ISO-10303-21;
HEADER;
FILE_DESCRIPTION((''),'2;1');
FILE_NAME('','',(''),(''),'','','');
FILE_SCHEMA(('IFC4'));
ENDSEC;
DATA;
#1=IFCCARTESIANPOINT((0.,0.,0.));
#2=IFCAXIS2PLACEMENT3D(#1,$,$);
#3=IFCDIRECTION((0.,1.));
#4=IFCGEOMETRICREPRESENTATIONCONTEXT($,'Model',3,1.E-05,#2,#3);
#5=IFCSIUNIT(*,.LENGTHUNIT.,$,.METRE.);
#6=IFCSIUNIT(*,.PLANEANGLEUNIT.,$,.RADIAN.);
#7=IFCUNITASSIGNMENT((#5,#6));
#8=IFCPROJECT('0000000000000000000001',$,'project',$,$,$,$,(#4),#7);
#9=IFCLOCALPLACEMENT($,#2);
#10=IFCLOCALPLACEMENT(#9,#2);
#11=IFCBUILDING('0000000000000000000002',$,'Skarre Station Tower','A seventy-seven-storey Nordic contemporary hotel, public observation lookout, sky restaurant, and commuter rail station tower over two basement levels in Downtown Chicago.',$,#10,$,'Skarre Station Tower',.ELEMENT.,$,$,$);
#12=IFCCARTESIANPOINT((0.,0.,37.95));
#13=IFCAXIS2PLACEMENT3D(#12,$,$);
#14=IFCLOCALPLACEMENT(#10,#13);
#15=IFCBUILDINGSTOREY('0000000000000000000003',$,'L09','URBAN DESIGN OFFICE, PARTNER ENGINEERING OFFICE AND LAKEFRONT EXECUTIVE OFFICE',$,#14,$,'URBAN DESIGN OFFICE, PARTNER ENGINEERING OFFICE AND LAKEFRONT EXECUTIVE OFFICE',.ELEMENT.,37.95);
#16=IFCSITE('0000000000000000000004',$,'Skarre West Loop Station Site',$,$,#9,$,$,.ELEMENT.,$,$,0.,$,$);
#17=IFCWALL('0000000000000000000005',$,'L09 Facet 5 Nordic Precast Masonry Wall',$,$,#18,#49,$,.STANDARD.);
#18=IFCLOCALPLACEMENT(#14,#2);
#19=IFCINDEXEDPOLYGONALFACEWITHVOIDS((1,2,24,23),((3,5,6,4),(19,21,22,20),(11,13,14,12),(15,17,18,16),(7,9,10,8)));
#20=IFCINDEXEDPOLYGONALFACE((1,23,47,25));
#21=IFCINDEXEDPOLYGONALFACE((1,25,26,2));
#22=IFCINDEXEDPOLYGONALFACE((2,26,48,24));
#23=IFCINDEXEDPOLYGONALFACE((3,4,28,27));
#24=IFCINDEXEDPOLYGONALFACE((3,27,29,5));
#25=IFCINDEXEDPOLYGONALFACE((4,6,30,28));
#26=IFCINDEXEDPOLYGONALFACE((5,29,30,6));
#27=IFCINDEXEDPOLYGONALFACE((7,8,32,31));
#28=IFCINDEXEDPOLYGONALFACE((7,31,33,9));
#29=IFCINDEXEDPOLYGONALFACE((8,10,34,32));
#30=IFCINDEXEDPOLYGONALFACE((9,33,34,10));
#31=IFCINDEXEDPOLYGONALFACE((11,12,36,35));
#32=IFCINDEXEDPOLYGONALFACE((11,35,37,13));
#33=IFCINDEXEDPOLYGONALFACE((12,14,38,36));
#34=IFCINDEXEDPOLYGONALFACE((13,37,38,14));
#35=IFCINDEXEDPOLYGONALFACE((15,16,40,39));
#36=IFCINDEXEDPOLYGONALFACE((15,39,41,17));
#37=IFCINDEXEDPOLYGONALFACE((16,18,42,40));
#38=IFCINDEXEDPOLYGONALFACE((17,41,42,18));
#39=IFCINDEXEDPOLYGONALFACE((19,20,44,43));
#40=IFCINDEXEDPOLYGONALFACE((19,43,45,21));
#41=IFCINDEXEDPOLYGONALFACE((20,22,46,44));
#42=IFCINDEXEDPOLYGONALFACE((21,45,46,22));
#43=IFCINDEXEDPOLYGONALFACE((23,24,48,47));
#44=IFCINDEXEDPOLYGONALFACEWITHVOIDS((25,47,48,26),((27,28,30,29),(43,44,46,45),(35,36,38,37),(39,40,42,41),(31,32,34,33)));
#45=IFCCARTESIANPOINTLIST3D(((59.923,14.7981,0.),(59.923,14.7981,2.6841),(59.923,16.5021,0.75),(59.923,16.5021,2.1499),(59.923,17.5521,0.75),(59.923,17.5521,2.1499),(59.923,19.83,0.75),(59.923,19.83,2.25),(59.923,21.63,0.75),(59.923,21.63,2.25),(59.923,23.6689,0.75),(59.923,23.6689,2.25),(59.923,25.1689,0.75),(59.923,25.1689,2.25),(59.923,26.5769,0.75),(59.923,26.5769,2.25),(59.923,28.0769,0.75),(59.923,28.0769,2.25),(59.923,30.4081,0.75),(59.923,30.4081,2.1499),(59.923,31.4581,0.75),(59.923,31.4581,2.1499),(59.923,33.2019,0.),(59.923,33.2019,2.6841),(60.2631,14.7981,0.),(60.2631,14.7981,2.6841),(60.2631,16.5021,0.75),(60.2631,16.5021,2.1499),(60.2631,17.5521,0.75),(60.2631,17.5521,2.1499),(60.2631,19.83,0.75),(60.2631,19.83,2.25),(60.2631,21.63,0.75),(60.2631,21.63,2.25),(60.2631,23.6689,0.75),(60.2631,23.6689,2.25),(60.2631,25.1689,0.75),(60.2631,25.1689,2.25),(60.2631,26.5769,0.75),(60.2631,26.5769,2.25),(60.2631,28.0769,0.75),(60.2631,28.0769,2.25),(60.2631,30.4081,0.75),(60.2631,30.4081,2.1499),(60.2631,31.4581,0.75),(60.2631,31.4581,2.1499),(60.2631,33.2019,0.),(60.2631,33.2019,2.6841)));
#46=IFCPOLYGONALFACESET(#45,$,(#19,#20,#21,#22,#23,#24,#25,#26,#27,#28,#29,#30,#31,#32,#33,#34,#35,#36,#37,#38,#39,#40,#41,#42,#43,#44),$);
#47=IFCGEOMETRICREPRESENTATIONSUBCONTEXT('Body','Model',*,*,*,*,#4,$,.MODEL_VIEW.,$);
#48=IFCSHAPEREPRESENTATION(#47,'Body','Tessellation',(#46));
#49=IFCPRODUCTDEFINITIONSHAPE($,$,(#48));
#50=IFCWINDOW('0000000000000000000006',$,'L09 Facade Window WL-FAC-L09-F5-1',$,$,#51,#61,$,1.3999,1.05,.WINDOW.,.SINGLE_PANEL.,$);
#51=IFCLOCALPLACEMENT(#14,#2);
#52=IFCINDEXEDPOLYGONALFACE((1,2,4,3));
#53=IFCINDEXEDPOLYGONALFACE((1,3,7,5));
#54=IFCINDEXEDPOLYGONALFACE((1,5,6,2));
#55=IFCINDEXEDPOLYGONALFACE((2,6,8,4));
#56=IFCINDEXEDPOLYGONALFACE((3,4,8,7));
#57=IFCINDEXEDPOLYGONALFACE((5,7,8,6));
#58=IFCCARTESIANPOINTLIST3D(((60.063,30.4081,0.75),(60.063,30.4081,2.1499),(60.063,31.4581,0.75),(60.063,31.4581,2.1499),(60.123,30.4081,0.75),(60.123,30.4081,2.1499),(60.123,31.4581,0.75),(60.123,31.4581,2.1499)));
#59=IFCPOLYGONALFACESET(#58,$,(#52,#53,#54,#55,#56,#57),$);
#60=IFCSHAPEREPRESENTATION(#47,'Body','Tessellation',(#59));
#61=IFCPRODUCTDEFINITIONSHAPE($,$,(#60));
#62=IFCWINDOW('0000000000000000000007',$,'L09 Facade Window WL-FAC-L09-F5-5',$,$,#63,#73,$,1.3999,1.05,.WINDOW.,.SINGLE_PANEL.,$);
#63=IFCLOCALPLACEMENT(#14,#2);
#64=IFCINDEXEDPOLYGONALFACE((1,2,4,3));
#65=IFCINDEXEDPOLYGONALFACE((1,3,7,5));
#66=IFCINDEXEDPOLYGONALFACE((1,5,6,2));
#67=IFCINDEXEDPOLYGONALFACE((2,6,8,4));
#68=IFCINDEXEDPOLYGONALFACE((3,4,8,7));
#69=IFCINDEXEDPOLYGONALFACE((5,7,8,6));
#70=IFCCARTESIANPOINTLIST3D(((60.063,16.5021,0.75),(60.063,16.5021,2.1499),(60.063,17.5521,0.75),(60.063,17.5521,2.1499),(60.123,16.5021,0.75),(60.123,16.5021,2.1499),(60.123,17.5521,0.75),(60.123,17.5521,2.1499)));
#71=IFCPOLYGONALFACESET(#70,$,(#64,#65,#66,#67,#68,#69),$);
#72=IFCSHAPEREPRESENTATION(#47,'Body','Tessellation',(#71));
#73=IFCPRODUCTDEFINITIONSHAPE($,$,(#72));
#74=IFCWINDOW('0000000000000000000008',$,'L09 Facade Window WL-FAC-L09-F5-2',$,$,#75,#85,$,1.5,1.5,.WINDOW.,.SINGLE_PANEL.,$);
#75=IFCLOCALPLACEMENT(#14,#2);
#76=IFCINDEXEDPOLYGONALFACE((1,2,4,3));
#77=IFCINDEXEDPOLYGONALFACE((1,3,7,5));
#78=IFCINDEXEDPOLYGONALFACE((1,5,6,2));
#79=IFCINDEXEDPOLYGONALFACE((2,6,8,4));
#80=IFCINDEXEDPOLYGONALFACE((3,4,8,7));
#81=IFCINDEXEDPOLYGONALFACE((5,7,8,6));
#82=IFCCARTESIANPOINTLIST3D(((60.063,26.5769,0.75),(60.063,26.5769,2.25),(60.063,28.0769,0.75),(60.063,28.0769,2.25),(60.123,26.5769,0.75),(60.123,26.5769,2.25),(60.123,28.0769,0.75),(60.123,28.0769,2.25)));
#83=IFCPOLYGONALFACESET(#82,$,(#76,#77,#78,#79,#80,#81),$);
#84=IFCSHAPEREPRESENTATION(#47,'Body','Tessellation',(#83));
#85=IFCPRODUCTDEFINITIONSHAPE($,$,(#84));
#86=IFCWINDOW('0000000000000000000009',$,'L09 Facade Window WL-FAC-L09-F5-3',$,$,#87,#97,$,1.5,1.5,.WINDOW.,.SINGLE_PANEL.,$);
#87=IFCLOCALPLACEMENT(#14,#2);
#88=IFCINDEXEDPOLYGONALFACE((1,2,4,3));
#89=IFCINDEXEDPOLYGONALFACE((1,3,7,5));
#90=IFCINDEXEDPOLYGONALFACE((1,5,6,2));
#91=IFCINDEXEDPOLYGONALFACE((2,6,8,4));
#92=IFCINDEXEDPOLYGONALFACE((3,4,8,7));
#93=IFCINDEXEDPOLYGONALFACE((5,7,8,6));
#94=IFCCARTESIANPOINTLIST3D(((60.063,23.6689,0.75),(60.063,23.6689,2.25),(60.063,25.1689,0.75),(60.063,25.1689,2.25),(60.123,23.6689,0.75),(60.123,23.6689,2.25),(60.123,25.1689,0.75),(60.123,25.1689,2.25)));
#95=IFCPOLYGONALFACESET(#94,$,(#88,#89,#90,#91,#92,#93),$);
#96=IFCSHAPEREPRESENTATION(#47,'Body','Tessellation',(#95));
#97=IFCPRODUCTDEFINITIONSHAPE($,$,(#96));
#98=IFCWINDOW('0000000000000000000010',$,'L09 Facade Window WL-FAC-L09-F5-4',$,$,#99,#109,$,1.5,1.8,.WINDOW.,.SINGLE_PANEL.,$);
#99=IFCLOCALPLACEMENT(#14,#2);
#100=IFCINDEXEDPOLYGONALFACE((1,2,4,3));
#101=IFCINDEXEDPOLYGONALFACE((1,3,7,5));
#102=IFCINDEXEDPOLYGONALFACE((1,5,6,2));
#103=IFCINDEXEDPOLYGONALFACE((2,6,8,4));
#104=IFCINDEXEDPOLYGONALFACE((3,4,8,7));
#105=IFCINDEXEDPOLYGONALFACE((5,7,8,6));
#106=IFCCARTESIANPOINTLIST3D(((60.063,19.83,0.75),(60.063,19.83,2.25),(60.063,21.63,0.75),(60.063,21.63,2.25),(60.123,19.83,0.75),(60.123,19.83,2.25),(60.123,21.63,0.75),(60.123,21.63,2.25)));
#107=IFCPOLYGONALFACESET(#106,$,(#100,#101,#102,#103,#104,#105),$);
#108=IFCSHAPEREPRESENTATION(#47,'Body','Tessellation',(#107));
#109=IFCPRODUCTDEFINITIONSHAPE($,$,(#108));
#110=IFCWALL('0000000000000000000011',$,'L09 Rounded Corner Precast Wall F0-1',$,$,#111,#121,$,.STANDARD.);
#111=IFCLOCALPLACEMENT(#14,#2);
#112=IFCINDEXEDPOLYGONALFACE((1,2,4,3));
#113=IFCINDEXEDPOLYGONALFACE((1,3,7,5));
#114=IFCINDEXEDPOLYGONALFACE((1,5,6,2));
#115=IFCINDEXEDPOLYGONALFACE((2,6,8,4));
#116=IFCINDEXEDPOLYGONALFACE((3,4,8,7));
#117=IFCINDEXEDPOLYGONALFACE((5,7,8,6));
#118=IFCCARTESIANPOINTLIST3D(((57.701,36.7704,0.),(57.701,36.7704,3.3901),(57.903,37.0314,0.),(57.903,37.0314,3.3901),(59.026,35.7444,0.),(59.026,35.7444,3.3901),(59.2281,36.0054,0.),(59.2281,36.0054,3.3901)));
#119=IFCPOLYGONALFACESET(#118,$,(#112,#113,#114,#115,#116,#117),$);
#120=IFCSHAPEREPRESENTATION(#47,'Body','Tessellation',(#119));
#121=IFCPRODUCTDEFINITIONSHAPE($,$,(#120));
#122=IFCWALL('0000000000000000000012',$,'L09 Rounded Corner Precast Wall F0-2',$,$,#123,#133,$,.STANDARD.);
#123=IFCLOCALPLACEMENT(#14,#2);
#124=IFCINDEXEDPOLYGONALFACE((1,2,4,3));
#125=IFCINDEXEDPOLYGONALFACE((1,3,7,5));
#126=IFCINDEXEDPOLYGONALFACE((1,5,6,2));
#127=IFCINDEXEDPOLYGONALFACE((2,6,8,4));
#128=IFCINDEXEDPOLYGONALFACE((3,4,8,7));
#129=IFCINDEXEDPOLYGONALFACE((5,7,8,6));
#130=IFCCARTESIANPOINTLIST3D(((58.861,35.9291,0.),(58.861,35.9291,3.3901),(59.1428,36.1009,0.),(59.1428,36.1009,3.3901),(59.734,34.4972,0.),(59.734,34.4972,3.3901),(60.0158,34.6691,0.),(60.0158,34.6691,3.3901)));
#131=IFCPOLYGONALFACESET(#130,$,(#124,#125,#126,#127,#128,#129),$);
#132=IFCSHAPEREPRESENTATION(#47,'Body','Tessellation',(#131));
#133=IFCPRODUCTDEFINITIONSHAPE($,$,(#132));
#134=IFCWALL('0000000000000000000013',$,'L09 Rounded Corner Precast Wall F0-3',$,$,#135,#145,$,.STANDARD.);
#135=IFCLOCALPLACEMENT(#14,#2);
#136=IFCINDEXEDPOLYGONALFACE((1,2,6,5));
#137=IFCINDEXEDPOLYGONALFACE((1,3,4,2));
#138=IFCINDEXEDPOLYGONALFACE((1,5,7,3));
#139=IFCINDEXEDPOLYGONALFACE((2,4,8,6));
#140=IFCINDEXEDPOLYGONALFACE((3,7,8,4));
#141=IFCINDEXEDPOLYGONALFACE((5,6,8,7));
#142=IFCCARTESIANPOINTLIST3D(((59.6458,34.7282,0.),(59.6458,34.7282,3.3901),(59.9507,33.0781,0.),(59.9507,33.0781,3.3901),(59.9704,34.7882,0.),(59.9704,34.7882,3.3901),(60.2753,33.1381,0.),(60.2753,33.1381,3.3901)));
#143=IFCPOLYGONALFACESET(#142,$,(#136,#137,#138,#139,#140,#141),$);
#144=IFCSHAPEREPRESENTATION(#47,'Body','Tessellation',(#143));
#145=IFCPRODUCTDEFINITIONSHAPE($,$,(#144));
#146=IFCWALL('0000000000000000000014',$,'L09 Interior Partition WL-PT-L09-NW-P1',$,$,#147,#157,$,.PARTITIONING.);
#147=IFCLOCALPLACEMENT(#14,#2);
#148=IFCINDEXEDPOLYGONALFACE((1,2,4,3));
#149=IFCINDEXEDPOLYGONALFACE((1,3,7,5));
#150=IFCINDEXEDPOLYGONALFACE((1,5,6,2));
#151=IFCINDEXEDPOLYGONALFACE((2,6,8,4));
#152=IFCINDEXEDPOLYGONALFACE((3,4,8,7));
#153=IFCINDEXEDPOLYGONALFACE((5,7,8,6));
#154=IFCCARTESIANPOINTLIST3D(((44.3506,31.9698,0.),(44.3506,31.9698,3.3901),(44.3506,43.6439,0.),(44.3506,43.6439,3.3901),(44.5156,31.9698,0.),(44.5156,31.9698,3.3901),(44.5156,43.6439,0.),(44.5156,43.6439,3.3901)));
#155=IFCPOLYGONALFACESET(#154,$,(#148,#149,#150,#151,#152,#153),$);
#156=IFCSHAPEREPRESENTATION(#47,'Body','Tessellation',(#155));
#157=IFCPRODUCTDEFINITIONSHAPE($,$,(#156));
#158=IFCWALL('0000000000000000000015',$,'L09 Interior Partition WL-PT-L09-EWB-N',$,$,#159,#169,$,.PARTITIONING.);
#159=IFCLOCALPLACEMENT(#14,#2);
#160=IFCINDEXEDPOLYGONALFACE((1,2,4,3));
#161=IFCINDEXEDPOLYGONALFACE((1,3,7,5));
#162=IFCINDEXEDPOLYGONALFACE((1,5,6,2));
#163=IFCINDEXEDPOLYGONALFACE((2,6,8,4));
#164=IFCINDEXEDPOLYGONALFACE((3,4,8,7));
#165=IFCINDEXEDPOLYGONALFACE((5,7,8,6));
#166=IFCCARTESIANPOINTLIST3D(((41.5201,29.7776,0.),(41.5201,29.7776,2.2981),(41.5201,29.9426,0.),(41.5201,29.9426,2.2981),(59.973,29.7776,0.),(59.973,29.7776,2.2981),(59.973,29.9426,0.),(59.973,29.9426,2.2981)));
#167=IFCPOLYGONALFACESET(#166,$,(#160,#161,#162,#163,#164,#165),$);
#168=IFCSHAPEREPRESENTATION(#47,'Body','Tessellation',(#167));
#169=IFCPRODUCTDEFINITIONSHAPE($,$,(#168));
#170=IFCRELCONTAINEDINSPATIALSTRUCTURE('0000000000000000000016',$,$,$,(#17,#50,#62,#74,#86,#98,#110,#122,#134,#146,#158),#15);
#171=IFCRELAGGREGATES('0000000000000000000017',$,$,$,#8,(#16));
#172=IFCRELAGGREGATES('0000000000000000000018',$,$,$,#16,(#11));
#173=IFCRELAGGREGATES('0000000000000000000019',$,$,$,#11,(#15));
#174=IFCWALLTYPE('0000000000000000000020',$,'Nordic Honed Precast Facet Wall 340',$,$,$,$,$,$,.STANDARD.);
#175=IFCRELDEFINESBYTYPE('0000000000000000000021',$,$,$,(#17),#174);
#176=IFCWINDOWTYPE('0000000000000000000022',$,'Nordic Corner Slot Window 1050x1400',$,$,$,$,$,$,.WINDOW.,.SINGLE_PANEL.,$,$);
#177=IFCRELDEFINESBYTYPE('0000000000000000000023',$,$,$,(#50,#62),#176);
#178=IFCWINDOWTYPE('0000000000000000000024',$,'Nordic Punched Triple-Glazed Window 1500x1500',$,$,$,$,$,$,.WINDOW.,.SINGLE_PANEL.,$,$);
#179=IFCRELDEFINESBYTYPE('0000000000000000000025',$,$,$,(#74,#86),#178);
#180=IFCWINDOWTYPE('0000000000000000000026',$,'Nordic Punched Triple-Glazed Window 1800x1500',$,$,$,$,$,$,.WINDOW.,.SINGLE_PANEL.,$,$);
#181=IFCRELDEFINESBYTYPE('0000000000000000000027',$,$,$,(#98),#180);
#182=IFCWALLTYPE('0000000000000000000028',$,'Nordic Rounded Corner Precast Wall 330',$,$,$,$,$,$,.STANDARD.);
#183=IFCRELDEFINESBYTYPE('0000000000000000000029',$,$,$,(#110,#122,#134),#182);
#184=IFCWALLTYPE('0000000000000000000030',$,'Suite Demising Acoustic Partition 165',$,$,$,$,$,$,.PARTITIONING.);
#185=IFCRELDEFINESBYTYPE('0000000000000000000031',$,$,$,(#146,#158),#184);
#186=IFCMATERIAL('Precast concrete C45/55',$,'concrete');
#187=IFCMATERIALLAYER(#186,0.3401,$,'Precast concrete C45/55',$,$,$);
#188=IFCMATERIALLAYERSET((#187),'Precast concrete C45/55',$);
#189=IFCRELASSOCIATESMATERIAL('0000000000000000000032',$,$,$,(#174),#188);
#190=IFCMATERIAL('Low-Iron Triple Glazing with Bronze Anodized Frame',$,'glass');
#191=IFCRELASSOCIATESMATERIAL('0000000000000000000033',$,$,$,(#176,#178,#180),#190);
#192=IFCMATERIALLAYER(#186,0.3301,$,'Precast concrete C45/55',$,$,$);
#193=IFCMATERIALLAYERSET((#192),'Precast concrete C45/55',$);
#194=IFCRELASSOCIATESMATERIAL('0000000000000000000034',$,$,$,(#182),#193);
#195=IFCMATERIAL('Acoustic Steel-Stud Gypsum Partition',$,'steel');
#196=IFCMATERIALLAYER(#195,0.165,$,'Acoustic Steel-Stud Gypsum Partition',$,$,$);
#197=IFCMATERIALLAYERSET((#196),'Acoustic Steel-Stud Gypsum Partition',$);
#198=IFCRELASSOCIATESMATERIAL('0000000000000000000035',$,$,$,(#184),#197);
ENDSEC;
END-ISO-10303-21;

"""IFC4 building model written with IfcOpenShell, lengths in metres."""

from ifc_helpers import new_model, si_unit, direction, frame, frame_2d, origin, place, context, subcontext, project, spatial, rectangle, extrude, material, layer, layer_set, type_object, element, fill, save


model = new_model("IFC4")

# Units and contexts
model_context = context("Model", 3, precision=1e-05, world=origin(), true_north=direction((0.0, 1.0)))
body_context = subcontext(model_context, "Body", "Model", "MODEL_VIEW")
ifc_project = project(units=[si_unit("LENGTHUNIT", "METRE"), si_unit("PLANEANGLEUNIT", "RADIAN")], contexts=[model_context])

# Site, building, storey
site_placement = place(None, origin())
site = spatial("IfcSite", under=ifc_project, at=site_placement, Name="Skarre West Loop Station Site", CompositionType="ELEMENT", RefElevation=0.0)
building_placement = place(site_placement, origin())
building = spatial("IfcBuilding", under=site, at=building_placement, Name="Skarre Station Tower", Description="A seventy-seven-storey Nordic contemporary hotel, public observation lookout, sky restaurant, and commuter rail station tower over two basement levels in Downtown Chicago.", LongName="Skarre Station Tower", CompositionType="ELEMENT")
storey_placement = place(building_placement, frame((0.0, 0.0, 37.95)))
storey = spatial("IfcBuildingStorey", under=building, at=storey_placement, Name="L09", Description="URBAN DESIGN OFFICE, PARTNER ENGINEERING OFFICE AND LAKEFRONT EXECUTIVE OFFICE", LongName="URBAN DESIGN OFFICE, PARTNER ENGINEERING OFFICE AND LAKEFRONT EXECUTIVE OFFICE", CompositionType="ELEMENT", Elevation=37.95)

# Shared definitions
ifc_material_1 = material(Name="Acoustic Steel-Stud Gypsum Partition", Category="steel")

# Wall, openings, windows
ifc_material_2 = material(Name="Precast concrete C45/55", Category="concrete")
ifc_layer_1 = layer(ifc_material_2, 0.3401, Name="Precast concrete C45/55")
ifc_layer_set_1 = layer_set([ifc_layer_1], Name="Precast concrete C45/55")
wall_type_1 = type_object("IfcWallType", Name="Nordic Honed Precast Facet Wall 340", PredefinedType="STANDARD", material=ifc_layer_set_1)
wall_1_placement = place(storey_placement, frame((60.093, 33.2019, 0.0), z_axis=(0.0, 0.0, 1.0), x_axis=(0.0, -1.0, 0.0)))
wall_1 = element("IfcWall", 1, at=wall_1_placement, inside=storey, type_object=wall_type_1, Name="L09 Facet 5 Nordic Precast Masonry Wall", PredefinedType="STANDARD", context=body_context, shape_type="SweptSolid", body=[
    extrude(rectangle(XDim=18.4038, YDim=0.3401, at=frame_2d((9.2019, 0.0))), origin(), (0.0, 0.0, 1.0), 2.6841),
])
opening_1_placement = place(wall_1_placement, frame((1.7439, 0.0, 0.75)))
opening_1 = element("IfcOpeningElement", 2, at=opening_1_placement, cuts=wall_1, PredefinedType="OPENING", context=body_context, shape_type="SweptSolid", body=[
    extrude(rectangle(XDim=1.05, YDim=1.3999, at=frame_2d((0.5249, 0.7))), frame((0.0, 0.1799, 0.0), z_axis=(0.0, -1.0, 0.0), x_axis=(1.0, 0.0, 0.0)), (0.0, 0.0, 1.0), 0.3601),
])
opening_2_placement = place(wall_1_placement, frame((5.125, 0.0, 0.75)))
opening_2 = element("IfcOpeningElement", 3, at=opening_2_placement, cuts=wall_1, PredefinedType="OPENING", context=body_context, shape_type="SweptSolid", body=[
    extrude(rectangle(XDim=1.5, YDim=1.5, at=frame_2d((0.75, 0.75))), frame((0.0, 0.1799, 0.0), z_axis=(0.0, -1.0, 0.0), x_axis=(1.0, 0.0, 0.0)), (0.0, 0.0, 1.0), 0.3601),
])
opening_3_placement = place(wall_1_placement, frame((8.033, 0.0, 0.75)))
opening_3 = element("IfcOpeningElement", 4, at=opening_3_placement, cuts=wall_1, PredefinedType="OPENING", context=body_context, shape_type="SweptSolid", body=[
    extrude(rectangle(XDim=1.5, YDim=1.5, at=frame_2d((0.75, 0.75))), frame((0.0, 0.1799, 0.0), z_axis=(0.0, -1.0, 0.0), x_axis=(1.0, 0.0, 0.0)), (0.0, 0.0, 1.0), 0.3601),
])
opening_4_placement = place(wall_1_placement, frame((11.572, 0.0, 0.75)))
opening_4 = element("IfcOpeningElement", 5, at=opening_4_placement, cuts=wall_1, PredefinedType="OPENING", context=body_context, shape_type="SweptSolid", body=[
    extrude(rectangle(XDim=1.8, YDim=1.5, at=frame_2d((0.8999, 0.75))), frame((0.0, 0.1799, 0.0), z_axis=(0.0, -1.0, 0.0), x_axis=(1.0, 0.0, 0.0)), (0.0, 0.0, 1.0), 0.3601),
])
opening_5_placement = place(wall_1_placement, frame((15.6499, 0.0, 0.75)))
opening_5 = element("IfcOpeningElement", 6, at=opening_5_placement, cuts=wall_1, PredefinedType="OPENING", context=body_context, shape_type="SweptSolid", body=[
    extrude(rectangle(XDim=1.05, YDim=1.3999, at=frame_2d((0.5249, 0.7))), frame((0.0, 0.1799, 0.0), z_axis=(0.0, -1.0, 0.0), x_axis=(1.0, 0.0, 0.0)), (0.0, 0.0, 1.0), 0.3601),
])
ifc_material_3 = material(Name="Low-Iron Triple Glazing with Bronze Anodized Frame", Category="glass")
window_type_1 = type_object("IfcWindowType", Name="Nordic Corner Slot Window 1050x1400", PartitioningType="SINGLE_PANEL", PredefinedType="WINDOW", material=ifc_material_3)
window_1_placement = place(opening_1_placement, origin())
window_1 = element("IfcWindow", 7, at=window_1_placement, inside=storey, type_object=window_type_1, Name="L09 Facade Window WL-FAC-L09-F5-1", OverallHeight=1.3999, OverallWidth=1.05, PartitioningType="SINGLE_PANEL", PredefinedType="WINDOW", context=body_context, shape_type="SweptSolid", body=[
    extrude(rectangle(XDim=1.05, YDim=1.3999, at=frame_2d((0.5249, 0.7))), frame((0.0, 0.03, 0.0), z_axis=(0.0, -1.0, 0.0), x_axis=(1.0, 0.0, 0.0)), (0.0, 0.0, 1.0), 0.0601),
])
fill(opening_1, window_1)
window_2_placement = place(opening_5_placement, origin())
window_2 = element("IfcWindow", 8, at=window_2_placement, inside=storey, type_object=window_type_1, Name="L09 Facade Window WL-FAC-L09-F5-5", OverallHeight=1.3999, OverallWidth=1.05, PartitioningType="SINGLE_PANEL", PredefinedType="WINDOW", context=body_context, shape_type="SweptSolid", body=[
    extrude(rectangle(XDim=1.05, YDim=1.3999, at=frame_2d((0.5249, 0.7))), frame((0.0, 0.03, 0.0), z_axis=(0.0, -1.0, 0.0), x_axis=(1.0, 0.0, 0.0)), (0.0, 0.0, 1.0), 0.0601),
])
fill(opening_5, window_2)
window_type_2 = type_object("IfcWindowType", Name="Nordic Punched Triple-Glazed Window 1500x1500", PartitioningType="SINGLE_PANEL", PredefinedType="WINDOW", material=ifc_material_3)
window_3_placement = place(opening_2_placement, origin())
window_3 = element("IfcWindow", 9, at=window_3_placement, inside=storey, type_object=window_type_2, Name="L09 Facade Window WL-FAC-L09-F5-2", OverallHeight=1.5, OverallWidth=1.5, PartitioningType="SINGLE_PANEL", PredefinedType="WINDOW", context=body_context, shape_type="SweptSolid", body=[
    extrude(rectangle(XDim=1.5, YDim=1.5, at=frame_2d((0.75, 0.75))), frame((0.0, 0.03, 0.0), z_axis=(0.0, -1.0, 0.0), x_axis=(1.0, 0.0, 0.0)), (0.0, 0.0, 1.0), 0.0601),
])
fill(opening_2, window_3)
window_4_placement = place(opening_3_placement, origin())
window_4 = element("IfcWindow", 10, at=window_4_placement, inside=storey, type_object=window_type_2, Name="L09 Facade Window WL-FAC-L09-F5-3", OverallHeight=1.5, OverallWidth=1.5, PartitioningType="SINGLE_PANEL", PredefinedType="WINDOW", context=body_context, shape_type="SweptSolid", body=[
    extrude(rectangle(XDim=1.5, YDim=1.5, at=frame_2d((0.75, 0.75))), frame((0.0, 0.03, 0.0), z_axis=(0.0, -1.0, 0.0), x_axis=(1.0, 0.0, 0.0)), (0.0, 0.0, 1.0), 0.0601),
])
fill(opening_3, window_4)
window_type_3 = type_object("IfcWindowType", Name="Nordic Punched Triple-Glazed Window 1800x1500", PartitioningType="SINGLE_PANEL", PredefinedType="WINDOW", material=ifc_material_3)
window_5_placement = place(opening_4_placement, origin())
window_5 = element("IfcWindow", 11, at=window_5_placement, inside=storey, type_object=window_type_3, Name="L09 Facade Window WL-FAC-L09-F5-4", OverallHeight=1.5, OverallWidth=1.8, PartitioningType="SINGLE_PANEL", PredefinedType="WINDOW", context=body_context, shape_type="SweptSolid", body=[
    extrude(rectangle(XDim=1.8, YDim=1.5, at=frame_2d((0.8999, 0.75))), frame((0.0, 0.03, 0.0), z_axis=(0.0, -1.0, 0.0), x_axis=(1.0, 0.0, 0.0)), (0.0, 0.0, 1.0), 0.0601),
])
fill(opening_4, window_5)

# Walls
ifc_layer_2 = layer(ifc_material_2, 0.3301, Name="Precast concrete C45/55")
ifc_layer_set_2 = layer_set([ifc_layer_2], Name="Precast concrete C45/55")
wall_type_2 = type_object("IfcWallType", Name="Nordic Rounded Corner Precast Wall 330", PredefinedType="STANDARD", material=ifc_layer_set_2)
wall_2_placement = place(storey_placement, frame((57.802, 36.9009, 0.0), z_axis=(0.0, 0.0, 1.0), x_axis=(0.790692, -0.612214, 0.0)))
element("IfcWall", 12, at=wall_2_placement, inside=storey, type_object=wall_type_2, Name="L09 Rounded Corner Precast Wall F0-1", PredefinedType="STANDARD", context=body_context, shape_type="SweptSolid", body=[
    extrude(rectangle(XDim=1.6758, YDim=0.3301, at=frame_2d((0.8379, 0.0))), origin(), (0.0, 0.0, 1.0), 3.3901),
])
wall_3_placement = place(storey_placement, frame((59.002, 36.0149, 0.0), z_axis=(0.0, 0.0, 1.0), x_axis=(0.520584, -0.85381, 0.0)))
element("IfcWall", 13, at=wall_3_placement, inside=storey, type_object=wall_type_2, Name="L09 Rounded Corner Precast Wall F0-2", PredefinedType="STANDARD", context=body_context, shape_type="SweptSolid", body=[
    extrude(rectangle(XDim=1.677, YDim=0.3301, at=frame_2d((0.8384, 0.0))), origin(), (0.0, 0.0, 1.0), 3.3901),
])
wall_4_placement = place(storey_placement, frame((59.8081, 34.7581, 0.0), z_axis=(0.0, 0.0, 1.0), x_axis=(0.181714, -0.983351, 0.0)))
element("IfcWall", 14, at=wall_4_placement, inside=storey, type_object=wall_type_2, Name="L09 Rounded Corner Precast Wall F0-3", PredefinedType="STANDARD", context=body_context, shape_type="SweptSolid", body=[
    extrude(rectangle(XDim=1.678, YDim=0.3301, at=frame_2d((0.8389, 0.0))), origin(), (0.0, 0.0, 1.0), 3.3901),
])
ifc_layer_3 = layer(ifc_material_1, 0.165, Name="Acoustic Steel-Stud Gypsum Partition")
ifc_layer_set_3 = layer_set([ifc_layer_3], Name="Acoustic Steel-Stud Gypsum Partition")
wall_type_3 = type_object("IfcWallType", Name="Suite Demising Acoustic Partition 165", PredefinedType="PARTITIONING", material=ifc_layer_set_3)
wall_5_placement = place(storey_placement, frame((44.4331, 31.97, 0.0), z_axis=(0.0, 0.0, 1.0), x_axis=(0.0, 1.0, 0.0)))
element("IfcWall", 15, at=wall_5_placement, inside=storey, type_object=wall_type_3, Name="L09 Interior Partition WL-PT-L09-NW-P1", PredefinedType="PARTITIONING", context=body_context, shape_type="SweptSolid", body=[
    extrude(rectangle(XDim=11.6741, YDim=0.165, at=frame_2d((5.8369, 0.0))), origin(), (0.0, 0.0, 1.0), 3.3901),
])
wall_6_placement = place(storey_placement, frame((41.52, 29.8601, 0.0), z_axis=(0.0, 0.0, 1.0), x_axis=(1.0, 0.0, 0.0)))
element("IfcWall", 16, at=wall_6_placement, inside=storey, type_object=wall_type_3, Name="L09 Interior Partition WL-PT-L09-EWB-N", PredefinedType="PARTITIONING", context=body_context, shape_type="SweptSolid", body=[
    extrude(rectangle(XDim=18.4529, YDim=0.165, at=frame_2d((9.2266, 0.0))), origin(), (0.0, 0.0, 1.0), 2.2981),
])

save(model, "model.ifc")
